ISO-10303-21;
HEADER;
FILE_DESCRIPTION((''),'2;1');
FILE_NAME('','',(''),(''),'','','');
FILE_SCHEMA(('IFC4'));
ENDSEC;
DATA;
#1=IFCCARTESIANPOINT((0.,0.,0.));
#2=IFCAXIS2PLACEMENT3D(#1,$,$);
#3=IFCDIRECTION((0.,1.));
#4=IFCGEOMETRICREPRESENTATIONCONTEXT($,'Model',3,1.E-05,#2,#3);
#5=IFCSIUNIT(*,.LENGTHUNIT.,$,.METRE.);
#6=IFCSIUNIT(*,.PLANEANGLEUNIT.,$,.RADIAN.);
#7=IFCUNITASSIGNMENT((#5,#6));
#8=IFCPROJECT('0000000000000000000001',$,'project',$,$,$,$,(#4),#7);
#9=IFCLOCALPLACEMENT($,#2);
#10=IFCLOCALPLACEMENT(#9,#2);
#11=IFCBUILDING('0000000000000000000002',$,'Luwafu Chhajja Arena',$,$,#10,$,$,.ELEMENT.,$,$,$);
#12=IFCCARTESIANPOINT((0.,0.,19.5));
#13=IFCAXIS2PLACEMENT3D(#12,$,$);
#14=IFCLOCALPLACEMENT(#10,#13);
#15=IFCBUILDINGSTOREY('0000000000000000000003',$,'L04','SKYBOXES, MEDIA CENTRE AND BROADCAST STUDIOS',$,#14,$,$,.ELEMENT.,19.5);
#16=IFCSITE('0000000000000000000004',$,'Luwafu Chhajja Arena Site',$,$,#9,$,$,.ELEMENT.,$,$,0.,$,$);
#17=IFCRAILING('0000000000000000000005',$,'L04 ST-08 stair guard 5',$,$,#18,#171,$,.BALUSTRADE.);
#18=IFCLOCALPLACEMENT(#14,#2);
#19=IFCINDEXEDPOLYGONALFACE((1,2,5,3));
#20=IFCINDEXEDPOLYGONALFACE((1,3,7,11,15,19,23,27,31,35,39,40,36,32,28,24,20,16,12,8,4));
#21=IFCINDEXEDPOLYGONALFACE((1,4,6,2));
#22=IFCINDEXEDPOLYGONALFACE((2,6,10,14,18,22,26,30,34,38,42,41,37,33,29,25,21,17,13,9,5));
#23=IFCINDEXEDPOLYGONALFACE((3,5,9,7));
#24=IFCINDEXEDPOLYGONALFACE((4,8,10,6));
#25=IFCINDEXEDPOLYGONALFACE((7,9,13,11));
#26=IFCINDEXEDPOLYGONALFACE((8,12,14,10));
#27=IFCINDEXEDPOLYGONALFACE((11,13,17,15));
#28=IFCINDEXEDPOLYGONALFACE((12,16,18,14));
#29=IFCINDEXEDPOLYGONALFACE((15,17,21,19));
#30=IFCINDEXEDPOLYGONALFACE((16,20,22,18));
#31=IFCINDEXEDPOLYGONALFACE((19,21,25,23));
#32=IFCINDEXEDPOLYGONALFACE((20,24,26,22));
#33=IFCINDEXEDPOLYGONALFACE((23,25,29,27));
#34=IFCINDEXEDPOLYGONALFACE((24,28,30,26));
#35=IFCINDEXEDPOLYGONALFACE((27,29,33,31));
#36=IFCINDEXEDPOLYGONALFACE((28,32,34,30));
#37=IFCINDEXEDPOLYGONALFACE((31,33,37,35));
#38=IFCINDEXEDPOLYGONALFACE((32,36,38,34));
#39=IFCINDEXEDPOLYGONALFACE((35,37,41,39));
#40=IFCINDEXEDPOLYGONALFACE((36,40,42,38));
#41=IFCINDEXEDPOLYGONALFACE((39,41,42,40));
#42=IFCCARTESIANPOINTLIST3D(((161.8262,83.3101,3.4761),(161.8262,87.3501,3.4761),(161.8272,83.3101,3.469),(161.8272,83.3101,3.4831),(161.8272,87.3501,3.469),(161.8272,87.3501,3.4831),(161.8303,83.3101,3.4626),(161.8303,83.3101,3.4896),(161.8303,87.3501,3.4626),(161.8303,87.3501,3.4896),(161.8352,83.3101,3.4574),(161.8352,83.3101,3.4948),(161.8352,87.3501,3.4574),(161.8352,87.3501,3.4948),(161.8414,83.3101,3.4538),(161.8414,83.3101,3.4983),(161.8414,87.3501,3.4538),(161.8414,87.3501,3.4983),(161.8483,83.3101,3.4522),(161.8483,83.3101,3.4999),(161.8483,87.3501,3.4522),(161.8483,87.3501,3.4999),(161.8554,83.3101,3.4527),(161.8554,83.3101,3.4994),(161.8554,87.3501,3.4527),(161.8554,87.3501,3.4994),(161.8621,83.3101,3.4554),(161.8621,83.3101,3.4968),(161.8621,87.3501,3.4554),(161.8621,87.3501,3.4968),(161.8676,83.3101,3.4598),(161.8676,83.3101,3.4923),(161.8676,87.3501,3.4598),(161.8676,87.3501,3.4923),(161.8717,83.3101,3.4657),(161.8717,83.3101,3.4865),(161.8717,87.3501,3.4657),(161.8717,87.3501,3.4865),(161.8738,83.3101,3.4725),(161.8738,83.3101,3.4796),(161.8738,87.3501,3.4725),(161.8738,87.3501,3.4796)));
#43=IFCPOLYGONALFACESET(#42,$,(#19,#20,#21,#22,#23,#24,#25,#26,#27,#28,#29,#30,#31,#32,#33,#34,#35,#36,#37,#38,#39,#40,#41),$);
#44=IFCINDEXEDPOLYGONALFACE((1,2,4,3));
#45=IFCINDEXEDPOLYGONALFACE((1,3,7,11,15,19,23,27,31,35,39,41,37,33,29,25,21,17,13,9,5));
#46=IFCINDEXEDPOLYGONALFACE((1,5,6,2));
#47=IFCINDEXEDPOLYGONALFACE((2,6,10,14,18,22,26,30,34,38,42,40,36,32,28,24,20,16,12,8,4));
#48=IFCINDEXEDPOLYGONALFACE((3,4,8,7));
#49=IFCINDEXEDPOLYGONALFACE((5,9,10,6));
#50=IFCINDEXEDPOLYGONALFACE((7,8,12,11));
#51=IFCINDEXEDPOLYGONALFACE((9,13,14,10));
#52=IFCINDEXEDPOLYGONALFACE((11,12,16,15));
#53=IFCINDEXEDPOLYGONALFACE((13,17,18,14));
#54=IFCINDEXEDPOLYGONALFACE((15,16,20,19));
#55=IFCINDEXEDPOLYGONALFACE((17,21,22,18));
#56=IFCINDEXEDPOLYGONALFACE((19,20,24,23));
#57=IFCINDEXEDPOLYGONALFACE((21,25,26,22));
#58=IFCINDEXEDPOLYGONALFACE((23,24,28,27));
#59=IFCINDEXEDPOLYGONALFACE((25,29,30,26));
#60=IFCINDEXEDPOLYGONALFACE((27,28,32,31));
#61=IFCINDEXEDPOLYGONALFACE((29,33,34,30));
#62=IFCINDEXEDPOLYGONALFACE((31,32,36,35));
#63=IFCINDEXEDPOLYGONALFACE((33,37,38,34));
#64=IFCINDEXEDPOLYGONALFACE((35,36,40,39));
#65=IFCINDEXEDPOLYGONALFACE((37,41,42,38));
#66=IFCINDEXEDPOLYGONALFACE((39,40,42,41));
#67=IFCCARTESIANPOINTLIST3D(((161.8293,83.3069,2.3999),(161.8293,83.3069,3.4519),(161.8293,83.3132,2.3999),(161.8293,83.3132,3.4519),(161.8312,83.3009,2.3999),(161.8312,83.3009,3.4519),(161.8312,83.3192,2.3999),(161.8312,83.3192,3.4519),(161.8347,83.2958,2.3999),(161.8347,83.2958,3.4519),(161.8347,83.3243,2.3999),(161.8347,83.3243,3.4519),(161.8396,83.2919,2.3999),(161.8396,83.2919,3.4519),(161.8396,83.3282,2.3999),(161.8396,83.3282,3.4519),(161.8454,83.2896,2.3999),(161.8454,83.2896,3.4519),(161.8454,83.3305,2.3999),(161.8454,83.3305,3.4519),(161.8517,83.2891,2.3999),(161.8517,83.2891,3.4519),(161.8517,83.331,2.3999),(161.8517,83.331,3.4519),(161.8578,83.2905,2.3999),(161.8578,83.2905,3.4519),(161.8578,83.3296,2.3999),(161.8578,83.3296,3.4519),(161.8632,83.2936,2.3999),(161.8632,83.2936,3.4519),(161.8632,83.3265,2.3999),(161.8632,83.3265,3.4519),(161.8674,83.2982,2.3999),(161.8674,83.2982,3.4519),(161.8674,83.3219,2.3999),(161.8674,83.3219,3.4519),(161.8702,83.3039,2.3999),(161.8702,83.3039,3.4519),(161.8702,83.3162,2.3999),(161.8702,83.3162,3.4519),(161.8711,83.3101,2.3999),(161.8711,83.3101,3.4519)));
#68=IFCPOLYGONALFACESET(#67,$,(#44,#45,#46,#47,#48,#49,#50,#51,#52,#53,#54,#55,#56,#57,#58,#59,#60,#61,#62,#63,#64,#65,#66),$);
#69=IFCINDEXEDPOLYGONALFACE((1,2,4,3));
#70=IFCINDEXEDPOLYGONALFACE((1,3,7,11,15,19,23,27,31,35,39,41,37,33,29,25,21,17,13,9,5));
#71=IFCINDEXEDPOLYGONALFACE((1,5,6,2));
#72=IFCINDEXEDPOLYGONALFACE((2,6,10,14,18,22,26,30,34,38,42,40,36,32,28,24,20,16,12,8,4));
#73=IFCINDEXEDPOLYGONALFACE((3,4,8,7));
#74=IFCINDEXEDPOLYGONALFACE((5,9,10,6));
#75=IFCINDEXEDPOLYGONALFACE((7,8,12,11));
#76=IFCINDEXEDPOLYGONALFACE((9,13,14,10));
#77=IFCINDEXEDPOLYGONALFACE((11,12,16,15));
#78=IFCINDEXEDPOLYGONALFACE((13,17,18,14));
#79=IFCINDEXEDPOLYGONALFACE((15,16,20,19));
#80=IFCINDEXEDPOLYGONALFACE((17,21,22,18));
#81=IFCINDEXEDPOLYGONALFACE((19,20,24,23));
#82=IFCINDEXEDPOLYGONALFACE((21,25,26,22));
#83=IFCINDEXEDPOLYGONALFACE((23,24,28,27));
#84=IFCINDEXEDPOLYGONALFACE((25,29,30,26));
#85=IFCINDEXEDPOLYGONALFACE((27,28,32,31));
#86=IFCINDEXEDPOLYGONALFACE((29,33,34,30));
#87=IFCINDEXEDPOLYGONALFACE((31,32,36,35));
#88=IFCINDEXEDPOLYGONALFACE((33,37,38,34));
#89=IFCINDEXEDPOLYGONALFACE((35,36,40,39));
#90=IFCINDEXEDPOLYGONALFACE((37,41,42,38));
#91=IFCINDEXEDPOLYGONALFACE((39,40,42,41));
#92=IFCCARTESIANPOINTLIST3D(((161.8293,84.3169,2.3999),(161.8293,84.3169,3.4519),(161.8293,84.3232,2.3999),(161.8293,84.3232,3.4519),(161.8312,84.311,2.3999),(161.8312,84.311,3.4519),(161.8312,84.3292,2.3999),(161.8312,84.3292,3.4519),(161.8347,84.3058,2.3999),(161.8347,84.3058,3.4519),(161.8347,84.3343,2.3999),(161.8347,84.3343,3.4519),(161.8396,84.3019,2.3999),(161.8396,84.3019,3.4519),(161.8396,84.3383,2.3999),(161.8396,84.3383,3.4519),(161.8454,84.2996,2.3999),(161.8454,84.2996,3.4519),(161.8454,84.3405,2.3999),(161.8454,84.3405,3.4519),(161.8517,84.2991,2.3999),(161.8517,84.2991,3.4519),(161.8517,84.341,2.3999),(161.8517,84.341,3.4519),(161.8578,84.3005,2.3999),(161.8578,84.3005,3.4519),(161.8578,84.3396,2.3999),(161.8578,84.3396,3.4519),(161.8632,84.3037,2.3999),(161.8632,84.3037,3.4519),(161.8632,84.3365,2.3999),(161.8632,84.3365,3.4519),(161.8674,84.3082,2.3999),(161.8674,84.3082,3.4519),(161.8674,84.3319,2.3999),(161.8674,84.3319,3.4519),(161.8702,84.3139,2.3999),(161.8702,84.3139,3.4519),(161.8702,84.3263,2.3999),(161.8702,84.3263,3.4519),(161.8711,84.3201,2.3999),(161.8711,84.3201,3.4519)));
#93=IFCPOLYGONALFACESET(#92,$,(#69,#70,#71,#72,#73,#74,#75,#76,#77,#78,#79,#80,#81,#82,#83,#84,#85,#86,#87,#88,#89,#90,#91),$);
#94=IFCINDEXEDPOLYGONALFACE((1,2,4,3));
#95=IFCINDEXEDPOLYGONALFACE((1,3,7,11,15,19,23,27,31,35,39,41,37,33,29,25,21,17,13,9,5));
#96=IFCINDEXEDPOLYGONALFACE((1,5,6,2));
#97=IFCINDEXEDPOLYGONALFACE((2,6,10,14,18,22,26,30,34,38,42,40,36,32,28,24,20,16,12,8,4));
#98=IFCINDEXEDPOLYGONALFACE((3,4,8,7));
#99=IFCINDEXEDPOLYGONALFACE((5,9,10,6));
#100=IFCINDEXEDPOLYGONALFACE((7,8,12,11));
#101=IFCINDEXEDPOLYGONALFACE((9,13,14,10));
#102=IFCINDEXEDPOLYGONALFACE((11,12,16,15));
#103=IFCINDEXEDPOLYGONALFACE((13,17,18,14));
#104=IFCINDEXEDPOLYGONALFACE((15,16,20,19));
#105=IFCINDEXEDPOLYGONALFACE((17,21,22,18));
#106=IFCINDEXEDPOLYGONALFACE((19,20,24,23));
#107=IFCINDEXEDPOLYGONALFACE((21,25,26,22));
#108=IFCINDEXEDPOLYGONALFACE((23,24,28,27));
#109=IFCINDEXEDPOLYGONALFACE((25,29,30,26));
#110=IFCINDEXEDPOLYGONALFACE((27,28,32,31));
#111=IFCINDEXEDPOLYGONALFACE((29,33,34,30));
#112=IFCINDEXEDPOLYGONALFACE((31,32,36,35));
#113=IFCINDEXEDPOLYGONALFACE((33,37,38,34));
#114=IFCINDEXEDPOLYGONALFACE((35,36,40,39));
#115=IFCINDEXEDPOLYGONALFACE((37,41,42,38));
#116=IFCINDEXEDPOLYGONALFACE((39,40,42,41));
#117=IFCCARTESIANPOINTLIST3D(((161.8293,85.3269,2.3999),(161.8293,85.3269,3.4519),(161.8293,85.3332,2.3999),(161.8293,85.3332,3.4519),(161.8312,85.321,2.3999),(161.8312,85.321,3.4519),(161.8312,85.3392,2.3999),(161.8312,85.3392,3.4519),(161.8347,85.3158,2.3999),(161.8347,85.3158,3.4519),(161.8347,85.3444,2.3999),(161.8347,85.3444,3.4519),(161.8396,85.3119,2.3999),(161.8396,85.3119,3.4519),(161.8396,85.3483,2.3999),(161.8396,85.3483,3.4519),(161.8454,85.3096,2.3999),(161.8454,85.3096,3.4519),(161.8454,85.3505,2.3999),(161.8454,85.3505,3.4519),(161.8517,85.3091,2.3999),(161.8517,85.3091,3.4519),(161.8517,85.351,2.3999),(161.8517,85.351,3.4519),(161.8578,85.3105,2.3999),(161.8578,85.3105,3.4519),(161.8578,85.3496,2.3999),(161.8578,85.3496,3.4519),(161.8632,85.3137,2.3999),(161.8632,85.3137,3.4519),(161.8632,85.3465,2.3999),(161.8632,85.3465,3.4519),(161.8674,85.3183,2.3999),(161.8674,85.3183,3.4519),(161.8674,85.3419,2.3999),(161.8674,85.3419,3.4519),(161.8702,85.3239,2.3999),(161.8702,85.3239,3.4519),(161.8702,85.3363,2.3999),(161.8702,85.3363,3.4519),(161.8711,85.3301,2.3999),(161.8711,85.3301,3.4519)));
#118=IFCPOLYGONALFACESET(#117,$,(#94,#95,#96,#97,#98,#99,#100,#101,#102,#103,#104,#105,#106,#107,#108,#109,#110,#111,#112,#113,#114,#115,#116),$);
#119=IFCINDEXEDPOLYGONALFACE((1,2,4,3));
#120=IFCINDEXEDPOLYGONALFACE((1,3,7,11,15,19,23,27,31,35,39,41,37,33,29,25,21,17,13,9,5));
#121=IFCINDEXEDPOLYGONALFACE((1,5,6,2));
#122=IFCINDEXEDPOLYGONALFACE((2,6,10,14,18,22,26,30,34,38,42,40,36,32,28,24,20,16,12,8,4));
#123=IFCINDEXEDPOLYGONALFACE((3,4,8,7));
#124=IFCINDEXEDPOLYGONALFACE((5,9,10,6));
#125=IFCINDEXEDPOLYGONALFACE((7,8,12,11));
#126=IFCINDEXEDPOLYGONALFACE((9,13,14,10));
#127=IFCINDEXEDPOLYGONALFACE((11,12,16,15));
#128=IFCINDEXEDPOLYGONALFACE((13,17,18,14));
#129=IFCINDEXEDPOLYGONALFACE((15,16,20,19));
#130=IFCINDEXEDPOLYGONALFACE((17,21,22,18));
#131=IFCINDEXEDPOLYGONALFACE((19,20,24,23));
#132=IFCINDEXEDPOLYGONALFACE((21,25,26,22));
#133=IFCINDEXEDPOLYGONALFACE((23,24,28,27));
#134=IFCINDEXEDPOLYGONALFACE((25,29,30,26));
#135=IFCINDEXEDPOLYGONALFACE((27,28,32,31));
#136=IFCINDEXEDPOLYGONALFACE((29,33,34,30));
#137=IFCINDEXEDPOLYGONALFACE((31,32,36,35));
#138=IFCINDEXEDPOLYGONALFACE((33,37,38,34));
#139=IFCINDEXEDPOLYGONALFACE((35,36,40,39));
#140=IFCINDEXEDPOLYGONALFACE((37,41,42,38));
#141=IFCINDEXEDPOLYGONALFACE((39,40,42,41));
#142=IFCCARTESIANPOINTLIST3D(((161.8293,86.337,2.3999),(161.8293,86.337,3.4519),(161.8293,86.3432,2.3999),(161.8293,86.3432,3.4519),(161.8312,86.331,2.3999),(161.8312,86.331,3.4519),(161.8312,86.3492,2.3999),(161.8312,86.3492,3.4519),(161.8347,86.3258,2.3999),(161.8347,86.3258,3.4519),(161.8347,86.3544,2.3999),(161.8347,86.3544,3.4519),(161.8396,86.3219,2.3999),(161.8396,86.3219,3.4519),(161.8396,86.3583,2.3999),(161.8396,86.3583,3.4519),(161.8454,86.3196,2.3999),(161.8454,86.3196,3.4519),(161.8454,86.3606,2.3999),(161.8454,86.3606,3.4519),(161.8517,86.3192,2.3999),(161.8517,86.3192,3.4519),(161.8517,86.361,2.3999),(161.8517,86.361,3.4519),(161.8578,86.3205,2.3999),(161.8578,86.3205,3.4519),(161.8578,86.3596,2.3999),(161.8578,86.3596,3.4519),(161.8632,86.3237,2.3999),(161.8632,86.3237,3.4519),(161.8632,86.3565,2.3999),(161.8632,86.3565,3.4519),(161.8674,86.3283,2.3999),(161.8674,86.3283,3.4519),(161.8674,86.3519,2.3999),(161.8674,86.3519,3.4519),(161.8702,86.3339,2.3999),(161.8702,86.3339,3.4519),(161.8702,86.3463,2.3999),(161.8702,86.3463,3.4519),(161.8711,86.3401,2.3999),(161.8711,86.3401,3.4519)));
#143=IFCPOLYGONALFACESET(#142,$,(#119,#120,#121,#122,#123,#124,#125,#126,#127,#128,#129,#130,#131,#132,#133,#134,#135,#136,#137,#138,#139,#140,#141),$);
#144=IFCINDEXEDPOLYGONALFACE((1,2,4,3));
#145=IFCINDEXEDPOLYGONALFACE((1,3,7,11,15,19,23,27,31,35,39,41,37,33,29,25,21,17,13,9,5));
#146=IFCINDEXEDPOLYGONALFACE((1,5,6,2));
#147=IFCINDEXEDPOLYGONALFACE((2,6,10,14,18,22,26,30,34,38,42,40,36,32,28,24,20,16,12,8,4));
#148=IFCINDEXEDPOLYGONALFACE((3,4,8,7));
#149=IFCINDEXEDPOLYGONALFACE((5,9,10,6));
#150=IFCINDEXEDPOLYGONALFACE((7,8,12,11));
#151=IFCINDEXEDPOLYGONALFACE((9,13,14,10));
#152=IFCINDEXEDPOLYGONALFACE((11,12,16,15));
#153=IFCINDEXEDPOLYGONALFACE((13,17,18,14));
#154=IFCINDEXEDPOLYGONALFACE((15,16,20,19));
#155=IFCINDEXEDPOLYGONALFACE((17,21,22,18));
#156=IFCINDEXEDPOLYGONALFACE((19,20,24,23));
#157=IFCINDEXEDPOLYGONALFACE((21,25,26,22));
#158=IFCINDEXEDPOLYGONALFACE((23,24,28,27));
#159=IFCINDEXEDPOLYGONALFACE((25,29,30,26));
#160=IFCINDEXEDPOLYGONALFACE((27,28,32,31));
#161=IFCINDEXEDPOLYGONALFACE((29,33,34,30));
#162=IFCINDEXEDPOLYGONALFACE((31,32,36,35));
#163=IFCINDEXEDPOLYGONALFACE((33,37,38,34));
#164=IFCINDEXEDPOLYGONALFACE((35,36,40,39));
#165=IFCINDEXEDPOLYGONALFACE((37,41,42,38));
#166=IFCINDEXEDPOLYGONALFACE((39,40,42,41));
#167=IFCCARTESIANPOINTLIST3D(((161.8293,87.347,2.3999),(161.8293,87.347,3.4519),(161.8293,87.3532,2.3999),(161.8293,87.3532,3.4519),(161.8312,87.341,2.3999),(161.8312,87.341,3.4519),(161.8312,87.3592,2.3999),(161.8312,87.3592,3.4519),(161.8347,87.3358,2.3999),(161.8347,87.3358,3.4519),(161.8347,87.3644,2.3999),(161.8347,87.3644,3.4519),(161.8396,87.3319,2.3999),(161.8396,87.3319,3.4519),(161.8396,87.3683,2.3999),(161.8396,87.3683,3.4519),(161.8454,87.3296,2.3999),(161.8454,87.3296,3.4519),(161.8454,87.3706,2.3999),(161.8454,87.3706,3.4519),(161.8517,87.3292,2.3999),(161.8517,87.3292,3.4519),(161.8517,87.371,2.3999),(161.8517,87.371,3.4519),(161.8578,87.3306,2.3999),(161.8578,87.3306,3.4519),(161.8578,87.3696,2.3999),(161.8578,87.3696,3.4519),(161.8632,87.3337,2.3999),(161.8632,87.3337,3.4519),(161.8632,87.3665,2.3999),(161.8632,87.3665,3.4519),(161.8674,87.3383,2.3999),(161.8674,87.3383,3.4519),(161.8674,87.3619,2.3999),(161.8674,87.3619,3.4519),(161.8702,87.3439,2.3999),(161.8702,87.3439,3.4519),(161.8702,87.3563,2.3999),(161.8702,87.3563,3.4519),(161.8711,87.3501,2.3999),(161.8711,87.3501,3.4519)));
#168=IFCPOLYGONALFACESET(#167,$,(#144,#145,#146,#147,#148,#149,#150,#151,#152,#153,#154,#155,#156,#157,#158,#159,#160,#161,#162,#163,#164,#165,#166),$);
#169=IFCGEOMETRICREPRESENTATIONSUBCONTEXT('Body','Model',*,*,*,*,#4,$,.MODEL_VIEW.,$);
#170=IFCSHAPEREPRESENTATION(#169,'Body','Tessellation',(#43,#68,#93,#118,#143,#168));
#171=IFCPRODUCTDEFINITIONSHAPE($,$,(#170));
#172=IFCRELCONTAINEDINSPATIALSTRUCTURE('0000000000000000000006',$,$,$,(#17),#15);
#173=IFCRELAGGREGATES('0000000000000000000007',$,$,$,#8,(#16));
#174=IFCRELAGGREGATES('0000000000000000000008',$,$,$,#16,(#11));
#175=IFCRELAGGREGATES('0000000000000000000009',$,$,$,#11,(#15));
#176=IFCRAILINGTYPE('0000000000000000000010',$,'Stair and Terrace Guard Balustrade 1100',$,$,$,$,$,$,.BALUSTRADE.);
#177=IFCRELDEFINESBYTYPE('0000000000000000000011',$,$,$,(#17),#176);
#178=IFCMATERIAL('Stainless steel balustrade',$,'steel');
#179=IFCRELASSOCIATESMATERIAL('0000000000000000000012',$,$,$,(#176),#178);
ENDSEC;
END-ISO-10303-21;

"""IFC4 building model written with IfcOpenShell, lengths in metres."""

from ifc_helpers import new_model, si_unit, direction, frame, origin, origin_2d, place, context, subcontext, project, spatial, circle, extrude, material, type_object, element, save


model = new_model("IFC4")

# Units and contexts
model_context = context("Model", 3, precision=1e-05, world=origin(), true_north=direction((0.0, 1.0)))
body_context = subcontext(model_context, "Body", "Model", "MODEL_VIEW")
ifc_project = project(units=[si_unit("LENGTHUNIT", "METRE"), si_unit("PLANEANGLEUNIT", "RADIAN")], contexts=[model_context])

# Site, building, storey
site_placement = place(None, origin())
site = spatial("IfcSite", under=ifc_project, at=site_placement, Name="Luwafu Chhajja Arena Site", CompositionType="ELEMENT", RefElevation=0.0)
building_placement = place(site_placement, origin())
building = spatial("IfcBuilding", under=site, at=building_placement, Name="Luwafu Chhajja Arena", CompositionType="ELEMENT")
storey_placement = place(building_placement, frame((0.0, 0.0, 19.5)))
storey = spatial("IfcBuildingStorey", under=building, at=storey_placement, Name="L04", Description="SKYBOXES, MEDIA CENTRE AND BROADCAST STUDIOS", CompositionType="ELEMENT", Elevation=19.5)

# Railing
ifc_material_1 = material(Name="Stainless steel balustrade", Category="steel")
railing_type_1 = type_object("IfcRailingType", Name="Stair and Terrace Guard Balustrade 1100", PredefinedType="BALUSTRADE", material=ifc_material_1)
railing_1_placement = place(storey_placement, frame((161.8501, 83.3101, 2.3999)))
element("IfcRailing", 1, at=railing_1_placement, inside=storey, type_object=railing_type_1, Name="L04 ST-08 stair guard 5", PredefinedType="BALUSTRADE", context=body_context, shape_type="SweptSolid", body=[
    extrude(circle(Radius=0.0239, at=origin_2d()), frame((0.0, 0.0, 1.0762), z_axis=(0.0, 1.0, 0.0), x_axis=(-1.0, 0.0, 0.0)), (0.0, 0.0, 1.0), 4.04),
    extrude(circle(Radius=0.021, at=origin_2d()), origin(), (0.0, 0.0, 1.0), 1.052),
    extrude(circle(Radius=0.021, at=origin_2d()), frame((0.0, 1.01, 0.0)), (0.0, 0.0, 1.0), 1.052),
    extrude(circle(Radius=0.021, at=origin_2d()), frame((0.0, 2.02, 0.0)), (0.0, 0.0, 1.0), 1.052),
    extrude(circle(Radius=0.021, at=origin_2d()), frame((0.0, 3.03, 0.0)), (0.0, 0.0, 1.0), 1.052),
    extrude(circle(Radius=0.021, at=origin_2d()), frame((0.0, 4.04, 0.0)), (0.0, 0.0, 1.0), 1.052),
])

save(model, "model.ifc")
